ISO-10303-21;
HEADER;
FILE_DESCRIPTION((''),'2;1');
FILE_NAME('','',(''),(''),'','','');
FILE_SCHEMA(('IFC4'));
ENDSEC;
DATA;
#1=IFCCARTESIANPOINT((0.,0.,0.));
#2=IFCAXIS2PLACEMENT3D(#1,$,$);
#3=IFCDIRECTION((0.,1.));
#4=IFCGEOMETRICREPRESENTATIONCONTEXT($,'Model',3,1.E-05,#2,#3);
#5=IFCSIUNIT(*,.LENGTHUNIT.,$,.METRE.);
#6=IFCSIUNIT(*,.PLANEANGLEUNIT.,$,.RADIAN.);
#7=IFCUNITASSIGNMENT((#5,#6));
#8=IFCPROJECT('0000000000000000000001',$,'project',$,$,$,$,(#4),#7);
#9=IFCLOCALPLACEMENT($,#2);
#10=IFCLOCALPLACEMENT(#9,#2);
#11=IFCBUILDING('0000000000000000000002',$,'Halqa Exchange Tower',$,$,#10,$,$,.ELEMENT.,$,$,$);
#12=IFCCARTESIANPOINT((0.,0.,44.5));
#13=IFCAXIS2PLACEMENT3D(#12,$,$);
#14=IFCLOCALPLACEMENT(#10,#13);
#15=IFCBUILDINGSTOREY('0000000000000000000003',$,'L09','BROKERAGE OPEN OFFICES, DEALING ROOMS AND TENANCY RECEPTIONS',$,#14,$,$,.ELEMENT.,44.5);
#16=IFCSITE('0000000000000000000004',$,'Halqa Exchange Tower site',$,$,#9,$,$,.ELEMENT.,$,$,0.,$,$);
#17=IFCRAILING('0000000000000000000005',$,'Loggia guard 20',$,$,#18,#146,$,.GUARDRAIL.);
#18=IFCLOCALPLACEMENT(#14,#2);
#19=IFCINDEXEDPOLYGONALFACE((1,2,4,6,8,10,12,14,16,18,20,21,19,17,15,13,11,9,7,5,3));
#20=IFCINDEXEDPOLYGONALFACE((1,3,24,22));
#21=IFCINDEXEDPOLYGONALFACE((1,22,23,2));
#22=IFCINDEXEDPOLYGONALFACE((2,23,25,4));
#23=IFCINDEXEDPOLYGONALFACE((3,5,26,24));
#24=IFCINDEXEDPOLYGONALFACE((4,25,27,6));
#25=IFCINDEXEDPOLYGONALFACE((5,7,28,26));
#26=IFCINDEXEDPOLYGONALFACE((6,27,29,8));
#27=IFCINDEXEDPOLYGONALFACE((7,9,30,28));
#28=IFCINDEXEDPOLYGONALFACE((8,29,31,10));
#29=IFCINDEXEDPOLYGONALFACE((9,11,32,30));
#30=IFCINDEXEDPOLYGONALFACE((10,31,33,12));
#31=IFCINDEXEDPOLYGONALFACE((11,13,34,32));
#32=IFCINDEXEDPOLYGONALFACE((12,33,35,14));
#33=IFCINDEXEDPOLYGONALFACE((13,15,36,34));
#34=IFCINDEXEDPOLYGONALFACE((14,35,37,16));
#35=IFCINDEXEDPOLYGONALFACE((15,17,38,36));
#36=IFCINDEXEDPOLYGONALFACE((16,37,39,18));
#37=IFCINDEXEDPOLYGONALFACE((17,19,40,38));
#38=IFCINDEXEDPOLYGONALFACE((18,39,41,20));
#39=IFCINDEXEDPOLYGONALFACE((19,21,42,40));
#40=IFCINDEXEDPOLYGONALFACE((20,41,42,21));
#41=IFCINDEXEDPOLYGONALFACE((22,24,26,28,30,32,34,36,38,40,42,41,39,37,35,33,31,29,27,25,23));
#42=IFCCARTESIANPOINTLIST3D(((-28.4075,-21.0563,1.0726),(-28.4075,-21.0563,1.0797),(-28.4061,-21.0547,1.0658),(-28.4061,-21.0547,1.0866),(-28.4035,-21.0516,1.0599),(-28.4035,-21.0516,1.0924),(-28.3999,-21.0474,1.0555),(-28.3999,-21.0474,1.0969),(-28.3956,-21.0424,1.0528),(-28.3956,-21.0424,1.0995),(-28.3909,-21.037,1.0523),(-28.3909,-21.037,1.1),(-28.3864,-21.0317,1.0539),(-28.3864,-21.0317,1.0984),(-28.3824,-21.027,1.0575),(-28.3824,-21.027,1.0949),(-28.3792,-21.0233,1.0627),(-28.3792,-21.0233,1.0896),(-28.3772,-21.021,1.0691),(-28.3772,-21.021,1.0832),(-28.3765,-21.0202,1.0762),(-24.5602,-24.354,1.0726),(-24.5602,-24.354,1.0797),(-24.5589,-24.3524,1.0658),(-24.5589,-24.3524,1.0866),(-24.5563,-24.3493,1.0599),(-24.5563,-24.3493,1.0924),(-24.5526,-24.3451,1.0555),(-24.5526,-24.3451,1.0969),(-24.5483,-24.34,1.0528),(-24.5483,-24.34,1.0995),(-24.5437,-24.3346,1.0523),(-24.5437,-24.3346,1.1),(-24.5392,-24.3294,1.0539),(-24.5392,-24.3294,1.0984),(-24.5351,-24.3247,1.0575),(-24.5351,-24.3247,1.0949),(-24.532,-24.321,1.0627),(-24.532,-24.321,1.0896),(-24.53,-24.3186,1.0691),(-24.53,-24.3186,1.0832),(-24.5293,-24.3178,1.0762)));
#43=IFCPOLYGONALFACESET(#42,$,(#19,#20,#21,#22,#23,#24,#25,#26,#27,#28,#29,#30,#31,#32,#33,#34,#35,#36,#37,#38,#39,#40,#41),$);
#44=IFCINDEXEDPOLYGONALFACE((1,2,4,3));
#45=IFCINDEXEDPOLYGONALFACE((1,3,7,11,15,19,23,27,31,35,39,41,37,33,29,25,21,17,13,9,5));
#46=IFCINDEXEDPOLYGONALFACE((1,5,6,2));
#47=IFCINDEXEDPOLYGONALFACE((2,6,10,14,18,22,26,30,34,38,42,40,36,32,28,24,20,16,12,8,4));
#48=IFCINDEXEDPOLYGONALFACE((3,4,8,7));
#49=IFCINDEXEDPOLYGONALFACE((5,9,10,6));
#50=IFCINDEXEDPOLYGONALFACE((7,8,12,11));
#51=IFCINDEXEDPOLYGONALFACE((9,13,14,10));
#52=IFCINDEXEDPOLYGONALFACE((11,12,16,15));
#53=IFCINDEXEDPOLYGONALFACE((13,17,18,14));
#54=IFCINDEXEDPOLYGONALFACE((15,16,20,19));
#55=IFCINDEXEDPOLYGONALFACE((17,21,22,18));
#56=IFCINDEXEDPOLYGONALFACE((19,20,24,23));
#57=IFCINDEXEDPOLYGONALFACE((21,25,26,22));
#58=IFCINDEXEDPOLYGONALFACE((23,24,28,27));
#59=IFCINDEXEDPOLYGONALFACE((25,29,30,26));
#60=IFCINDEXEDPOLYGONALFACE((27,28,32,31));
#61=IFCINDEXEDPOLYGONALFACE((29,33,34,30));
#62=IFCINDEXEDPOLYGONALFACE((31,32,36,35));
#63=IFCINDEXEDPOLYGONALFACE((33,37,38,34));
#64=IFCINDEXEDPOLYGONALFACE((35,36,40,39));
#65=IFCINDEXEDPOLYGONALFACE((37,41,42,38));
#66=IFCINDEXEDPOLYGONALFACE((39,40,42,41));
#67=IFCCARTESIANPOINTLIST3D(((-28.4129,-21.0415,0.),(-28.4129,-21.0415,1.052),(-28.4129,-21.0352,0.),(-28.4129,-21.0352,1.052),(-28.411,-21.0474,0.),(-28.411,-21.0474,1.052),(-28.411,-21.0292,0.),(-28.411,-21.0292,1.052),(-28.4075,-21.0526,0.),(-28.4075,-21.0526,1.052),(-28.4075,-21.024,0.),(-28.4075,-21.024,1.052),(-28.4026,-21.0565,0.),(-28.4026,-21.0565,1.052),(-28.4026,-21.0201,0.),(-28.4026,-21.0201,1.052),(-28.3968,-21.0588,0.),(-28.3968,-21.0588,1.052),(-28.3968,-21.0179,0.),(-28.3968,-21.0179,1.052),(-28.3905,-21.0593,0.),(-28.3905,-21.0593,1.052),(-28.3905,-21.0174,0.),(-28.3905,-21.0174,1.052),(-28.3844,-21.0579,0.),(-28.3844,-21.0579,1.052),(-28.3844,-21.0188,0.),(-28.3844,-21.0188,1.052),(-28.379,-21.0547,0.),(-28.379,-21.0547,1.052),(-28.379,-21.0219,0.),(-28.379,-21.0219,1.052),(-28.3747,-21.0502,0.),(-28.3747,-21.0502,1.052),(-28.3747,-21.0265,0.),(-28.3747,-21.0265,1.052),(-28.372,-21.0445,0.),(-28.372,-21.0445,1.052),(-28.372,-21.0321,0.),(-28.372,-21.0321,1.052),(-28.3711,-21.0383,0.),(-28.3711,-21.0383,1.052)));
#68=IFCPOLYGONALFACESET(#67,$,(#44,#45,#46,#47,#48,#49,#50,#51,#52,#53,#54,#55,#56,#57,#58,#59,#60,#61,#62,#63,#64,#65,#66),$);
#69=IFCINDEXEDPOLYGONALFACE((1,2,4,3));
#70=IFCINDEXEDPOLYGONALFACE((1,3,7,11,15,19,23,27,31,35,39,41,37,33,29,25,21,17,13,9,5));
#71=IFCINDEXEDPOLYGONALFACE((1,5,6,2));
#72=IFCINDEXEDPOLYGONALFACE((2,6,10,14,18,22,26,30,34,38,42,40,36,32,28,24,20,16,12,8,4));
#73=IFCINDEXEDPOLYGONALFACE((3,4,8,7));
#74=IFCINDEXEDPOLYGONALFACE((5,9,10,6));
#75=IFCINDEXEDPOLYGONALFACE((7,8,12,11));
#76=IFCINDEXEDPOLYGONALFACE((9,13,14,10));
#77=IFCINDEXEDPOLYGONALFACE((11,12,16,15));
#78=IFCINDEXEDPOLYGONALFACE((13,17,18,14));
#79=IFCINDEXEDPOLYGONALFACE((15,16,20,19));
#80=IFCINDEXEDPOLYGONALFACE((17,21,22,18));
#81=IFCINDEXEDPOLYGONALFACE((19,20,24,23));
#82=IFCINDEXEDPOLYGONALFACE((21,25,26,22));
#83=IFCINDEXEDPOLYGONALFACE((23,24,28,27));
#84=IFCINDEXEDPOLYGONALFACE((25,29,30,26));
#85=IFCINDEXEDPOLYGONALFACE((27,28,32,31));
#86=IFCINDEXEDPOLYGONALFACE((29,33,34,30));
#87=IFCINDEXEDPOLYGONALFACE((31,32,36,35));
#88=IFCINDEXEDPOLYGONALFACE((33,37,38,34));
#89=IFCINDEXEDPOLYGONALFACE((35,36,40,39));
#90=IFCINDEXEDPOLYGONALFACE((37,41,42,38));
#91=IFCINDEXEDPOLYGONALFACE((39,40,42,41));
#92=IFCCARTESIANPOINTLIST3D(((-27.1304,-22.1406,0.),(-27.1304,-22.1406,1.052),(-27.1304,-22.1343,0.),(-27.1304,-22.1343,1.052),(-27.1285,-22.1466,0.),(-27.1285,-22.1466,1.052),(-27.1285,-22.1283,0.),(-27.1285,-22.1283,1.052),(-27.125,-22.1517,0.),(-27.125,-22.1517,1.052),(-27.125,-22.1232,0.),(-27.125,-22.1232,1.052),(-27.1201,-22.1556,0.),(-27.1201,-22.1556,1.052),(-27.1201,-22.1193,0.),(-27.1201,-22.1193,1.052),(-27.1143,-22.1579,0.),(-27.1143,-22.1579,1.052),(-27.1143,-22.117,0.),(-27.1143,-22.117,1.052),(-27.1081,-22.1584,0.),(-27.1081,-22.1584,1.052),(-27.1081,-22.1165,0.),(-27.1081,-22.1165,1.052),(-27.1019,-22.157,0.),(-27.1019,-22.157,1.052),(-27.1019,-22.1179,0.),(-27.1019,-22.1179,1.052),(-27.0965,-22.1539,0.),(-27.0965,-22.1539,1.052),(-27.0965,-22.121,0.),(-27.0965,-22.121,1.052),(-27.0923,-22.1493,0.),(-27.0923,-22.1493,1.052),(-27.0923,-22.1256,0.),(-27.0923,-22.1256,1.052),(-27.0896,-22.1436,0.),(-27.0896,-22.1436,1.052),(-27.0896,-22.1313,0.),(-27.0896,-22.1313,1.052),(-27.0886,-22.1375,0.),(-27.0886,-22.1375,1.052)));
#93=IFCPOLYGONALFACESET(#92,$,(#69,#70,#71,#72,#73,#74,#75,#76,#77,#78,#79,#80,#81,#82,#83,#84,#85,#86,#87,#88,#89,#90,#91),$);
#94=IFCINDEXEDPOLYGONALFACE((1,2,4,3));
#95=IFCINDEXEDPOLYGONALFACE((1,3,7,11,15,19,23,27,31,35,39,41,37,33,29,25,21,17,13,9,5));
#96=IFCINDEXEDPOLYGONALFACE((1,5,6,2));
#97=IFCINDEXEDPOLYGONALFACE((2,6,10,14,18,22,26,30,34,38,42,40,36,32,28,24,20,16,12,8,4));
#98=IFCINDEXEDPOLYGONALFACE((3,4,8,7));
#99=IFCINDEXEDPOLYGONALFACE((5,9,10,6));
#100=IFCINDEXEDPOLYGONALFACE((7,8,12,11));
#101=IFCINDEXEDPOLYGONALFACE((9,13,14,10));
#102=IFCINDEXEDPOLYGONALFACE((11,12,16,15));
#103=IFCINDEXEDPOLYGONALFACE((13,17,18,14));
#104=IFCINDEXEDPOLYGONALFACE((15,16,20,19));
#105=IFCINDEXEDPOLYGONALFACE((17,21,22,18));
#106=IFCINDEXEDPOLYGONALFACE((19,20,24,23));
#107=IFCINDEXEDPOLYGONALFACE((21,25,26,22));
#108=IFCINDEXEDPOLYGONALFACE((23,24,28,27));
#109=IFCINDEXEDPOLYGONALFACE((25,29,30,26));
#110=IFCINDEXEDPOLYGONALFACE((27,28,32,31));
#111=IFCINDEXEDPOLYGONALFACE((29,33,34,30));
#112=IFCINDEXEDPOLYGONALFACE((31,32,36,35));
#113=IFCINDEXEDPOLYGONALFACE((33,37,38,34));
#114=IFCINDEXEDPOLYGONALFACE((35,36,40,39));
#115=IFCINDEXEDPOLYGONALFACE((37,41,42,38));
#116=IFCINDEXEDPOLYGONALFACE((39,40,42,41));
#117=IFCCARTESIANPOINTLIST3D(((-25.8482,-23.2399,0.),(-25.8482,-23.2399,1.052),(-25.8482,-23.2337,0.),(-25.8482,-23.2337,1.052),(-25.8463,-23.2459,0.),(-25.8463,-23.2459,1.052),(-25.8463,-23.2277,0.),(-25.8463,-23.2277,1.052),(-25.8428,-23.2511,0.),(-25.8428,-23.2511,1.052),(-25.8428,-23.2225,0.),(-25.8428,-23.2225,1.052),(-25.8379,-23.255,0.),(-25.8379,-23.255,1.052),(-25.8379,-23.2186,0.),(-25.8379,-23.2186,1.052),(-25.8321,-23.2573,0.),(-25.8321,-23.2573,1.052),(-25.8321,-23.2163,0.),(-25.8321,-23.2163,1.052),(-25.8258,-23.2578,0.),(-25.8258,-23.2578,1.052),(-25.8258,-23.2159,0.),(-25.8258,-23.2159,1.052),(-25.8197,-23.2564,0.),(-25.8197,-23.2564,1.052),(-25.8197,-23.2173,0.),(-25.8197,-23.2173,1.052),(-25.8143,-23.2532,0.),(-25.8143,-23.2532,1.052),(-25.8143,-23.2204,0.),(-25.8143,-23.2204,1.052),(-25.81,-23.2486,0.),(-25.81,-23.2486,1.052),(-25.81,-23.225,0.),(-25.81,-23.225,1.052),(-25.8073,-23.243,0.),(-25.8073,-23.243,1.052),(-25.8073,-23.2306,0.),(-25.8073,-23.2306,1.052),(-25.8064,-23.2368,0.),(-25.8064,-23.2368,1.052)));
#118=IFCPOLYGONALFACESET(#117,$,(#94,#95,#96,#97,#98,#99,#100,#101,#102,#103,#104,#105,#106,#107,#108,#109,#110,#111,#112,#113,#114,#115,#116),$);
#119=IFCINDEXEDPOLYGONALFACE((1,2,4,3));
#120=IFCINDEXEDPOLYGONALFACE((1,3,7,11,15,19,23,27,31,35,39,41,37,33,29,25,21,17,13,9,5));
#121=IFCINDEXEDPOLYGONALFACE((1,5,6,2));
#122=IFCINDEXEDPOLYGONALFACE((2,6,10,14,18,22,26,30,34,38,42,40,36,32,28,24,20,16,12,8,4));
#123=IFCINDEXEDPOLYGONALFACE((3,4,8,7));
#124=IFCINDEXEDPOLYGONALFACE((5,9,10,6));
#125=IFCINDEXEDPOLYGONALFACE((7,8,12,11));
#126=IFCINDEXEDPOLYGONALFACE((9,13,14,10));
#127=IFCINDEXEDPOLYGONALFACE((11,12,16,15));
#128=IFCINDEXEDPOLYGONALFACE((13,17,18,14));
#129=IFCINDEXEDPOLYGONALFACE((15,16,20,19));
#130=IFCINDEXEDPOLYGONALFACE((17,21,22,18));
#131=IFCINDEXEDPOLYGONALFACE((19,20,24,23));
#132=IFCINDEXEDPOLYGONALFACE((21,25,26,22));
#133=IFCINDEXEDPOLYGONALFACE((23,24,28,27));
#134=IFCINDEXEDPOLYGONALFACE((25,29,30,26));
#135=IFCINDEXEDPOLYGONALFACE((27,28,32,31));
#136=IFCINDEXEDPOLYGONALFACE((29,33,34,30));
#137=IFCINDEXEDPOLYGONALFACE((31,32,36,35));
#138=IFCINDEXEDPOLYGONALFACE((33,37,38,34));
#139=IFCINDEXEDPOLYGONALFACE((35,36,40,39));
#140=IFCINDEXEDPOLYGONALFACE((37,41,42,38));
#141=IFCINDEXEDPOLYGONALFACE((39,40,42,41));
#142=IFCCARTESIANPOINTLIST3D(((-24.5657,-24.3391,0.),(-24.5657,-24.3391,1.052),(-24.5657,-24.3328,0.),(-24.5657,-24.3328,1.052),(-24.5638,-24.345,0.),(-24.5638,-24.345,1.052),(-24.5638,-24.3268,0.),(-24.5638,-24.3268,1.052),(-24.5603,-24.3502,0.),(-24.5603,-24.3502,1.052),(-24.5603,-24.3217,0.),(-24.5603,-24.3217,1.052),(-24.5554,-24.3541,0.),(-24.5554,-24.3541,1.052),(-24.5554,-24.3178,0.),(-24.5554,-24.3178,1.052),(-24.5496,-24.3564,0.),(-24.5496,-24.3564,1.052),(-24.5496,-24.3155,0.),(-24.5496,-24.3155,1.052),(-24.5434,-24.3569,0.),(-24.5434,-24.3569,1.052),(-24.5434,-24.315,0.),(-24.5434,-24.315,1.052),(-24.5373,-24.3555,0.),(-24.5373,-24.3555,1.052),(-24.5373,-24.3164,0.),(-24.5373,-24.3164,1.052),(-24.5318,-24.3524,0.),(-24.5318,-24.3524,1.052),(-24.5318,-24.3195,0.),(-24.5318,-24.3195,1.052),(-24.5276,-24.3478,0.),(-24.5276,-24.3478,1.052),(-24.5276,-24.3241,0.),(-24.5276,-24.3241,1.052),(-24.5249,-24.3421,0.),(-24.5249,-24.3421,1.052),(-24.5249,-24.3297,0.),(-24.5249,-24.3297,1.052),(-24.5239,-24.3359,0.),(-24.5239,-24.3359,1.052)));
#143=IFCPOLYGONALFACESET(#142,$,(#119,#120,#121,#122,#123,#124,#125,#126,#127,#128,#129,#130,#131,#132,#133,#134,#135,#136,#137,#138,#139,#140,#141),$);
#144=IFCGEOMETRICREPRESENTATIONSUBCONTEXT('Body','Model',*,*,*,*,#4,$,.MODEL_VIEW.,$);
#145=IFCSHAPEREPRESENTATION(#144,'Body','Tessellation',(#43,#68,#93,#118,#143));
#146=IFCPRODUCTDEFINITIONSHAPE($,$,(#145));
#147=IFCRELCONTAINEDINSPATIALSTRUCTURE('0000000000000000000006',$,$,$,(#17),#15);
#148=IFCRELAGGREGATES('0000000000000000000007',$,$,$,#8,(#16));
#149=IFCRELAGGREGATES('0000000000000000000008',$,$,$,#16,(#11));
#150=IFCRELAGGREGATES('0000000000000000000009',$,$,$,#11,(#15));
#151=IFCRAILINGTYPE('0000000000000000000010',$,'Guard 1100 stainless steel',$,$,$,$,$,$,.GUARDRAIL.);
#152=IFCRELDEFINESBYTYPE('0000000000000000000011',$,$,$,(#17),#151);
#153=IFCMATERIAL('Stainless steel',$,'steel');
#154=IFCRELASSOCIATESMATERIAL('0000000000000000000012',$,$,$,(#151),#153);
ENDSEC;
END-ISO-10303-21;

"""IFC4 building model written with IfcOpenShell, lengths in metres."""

from ifc_helpers import new_model, si_unit, direction, frame, origin, origin_2d, place, context, subcontext, project, spatial, circle, extrude, material, type_object, element, save


model = new_model("IFC4")

# Units and contexts
model_context = context("Model", 3, precision=1e-05, world=origin(), true_north=direction((0.0, 1.0)))
body_context = subcontext(model_context, "Body", "Model", "MODEL_VIEW")
ifc_project = project(units=[si_unit("LENGTHUNIT", "METRE"), si_unit("PLANEANGLEUNIT", "RADIAN")], contexts=[model_context])

# Site, building, storey
site_placement = place(None, origin())
site = spatial("IfcSite", under=ifc_project, at=site_placement, Name="Halqa Exchange Tower site", CompositionType="ELEMENT", RefElevation=0.0)
building_placement = place(site_placement, origin())
building = spatial("IfcBuilding", under=site, at=building_placement, Name="Halqa Exchange Tower", CompositionType="ELEMENT")
storey_placement = place(building_placement, frame((0.0, 0.0, 44.5)))
storey = spatial("IfcBuildingStorey", under=building, at=storey_placement, Name="L09", Description="BROKERAGE OPEN OFFICES, DEALING ROOMS AND TENANCY RECEPTIONS", CompositionType="ELEMENT", Elevation=44.5)

# Railing
ifc_material_1 = material(Name="Stainless steel", Category="steel")
railing_type = type_object("IfcRailingType", Name="Guard 1100 stainless steel", PredefinedType="GUARDRAIL", material=ifc_material_1)
railing_1_placement = place(storey_placement, frame((-28.3921, -21.0383, 0.0)))
element("IfcRailing", 1, at=railing_1_placement, inside=storey, type_object=railing_type, Name="Loggia guard 20", PredefinedType="GUARDRAIL", context=body_context, shape_type="SweptSolid", body=[
    extrude(circle(Radius=0.0239, at=origin_2d()), frame((0.0, 0.0, 1.0762), z_axis=(0.759253, -0.650795, 0.0), x_axis=(0.650795, 0.759253, 0.0)), (0.0, 0.0, 1.0), 5.0671),
    extrude(circle(Radius=0.021, at=origin_2d()), origin(), (0.0, 0.0, 1.0), 1.052),
    extrude(circle(Radius=0.021, at=origin_2d()), frame((1.2825, -1.0991, 0.0)), (0.0, 0.0, 1.0), 1.052),
    extrude(circle(Radius=0.021, at=origin_2d()), frame((2.5647, -2.1985, 0.0)), (0.0, 0.0, 1.0), 1.052),
    extrude(circle(Radius=0.021, at=origin_2d()), frame((3.8472, -3.2976, 0.0)), (0.0, 0.0, 1.0), 1.052),
])

save(model, "model.ifc")
